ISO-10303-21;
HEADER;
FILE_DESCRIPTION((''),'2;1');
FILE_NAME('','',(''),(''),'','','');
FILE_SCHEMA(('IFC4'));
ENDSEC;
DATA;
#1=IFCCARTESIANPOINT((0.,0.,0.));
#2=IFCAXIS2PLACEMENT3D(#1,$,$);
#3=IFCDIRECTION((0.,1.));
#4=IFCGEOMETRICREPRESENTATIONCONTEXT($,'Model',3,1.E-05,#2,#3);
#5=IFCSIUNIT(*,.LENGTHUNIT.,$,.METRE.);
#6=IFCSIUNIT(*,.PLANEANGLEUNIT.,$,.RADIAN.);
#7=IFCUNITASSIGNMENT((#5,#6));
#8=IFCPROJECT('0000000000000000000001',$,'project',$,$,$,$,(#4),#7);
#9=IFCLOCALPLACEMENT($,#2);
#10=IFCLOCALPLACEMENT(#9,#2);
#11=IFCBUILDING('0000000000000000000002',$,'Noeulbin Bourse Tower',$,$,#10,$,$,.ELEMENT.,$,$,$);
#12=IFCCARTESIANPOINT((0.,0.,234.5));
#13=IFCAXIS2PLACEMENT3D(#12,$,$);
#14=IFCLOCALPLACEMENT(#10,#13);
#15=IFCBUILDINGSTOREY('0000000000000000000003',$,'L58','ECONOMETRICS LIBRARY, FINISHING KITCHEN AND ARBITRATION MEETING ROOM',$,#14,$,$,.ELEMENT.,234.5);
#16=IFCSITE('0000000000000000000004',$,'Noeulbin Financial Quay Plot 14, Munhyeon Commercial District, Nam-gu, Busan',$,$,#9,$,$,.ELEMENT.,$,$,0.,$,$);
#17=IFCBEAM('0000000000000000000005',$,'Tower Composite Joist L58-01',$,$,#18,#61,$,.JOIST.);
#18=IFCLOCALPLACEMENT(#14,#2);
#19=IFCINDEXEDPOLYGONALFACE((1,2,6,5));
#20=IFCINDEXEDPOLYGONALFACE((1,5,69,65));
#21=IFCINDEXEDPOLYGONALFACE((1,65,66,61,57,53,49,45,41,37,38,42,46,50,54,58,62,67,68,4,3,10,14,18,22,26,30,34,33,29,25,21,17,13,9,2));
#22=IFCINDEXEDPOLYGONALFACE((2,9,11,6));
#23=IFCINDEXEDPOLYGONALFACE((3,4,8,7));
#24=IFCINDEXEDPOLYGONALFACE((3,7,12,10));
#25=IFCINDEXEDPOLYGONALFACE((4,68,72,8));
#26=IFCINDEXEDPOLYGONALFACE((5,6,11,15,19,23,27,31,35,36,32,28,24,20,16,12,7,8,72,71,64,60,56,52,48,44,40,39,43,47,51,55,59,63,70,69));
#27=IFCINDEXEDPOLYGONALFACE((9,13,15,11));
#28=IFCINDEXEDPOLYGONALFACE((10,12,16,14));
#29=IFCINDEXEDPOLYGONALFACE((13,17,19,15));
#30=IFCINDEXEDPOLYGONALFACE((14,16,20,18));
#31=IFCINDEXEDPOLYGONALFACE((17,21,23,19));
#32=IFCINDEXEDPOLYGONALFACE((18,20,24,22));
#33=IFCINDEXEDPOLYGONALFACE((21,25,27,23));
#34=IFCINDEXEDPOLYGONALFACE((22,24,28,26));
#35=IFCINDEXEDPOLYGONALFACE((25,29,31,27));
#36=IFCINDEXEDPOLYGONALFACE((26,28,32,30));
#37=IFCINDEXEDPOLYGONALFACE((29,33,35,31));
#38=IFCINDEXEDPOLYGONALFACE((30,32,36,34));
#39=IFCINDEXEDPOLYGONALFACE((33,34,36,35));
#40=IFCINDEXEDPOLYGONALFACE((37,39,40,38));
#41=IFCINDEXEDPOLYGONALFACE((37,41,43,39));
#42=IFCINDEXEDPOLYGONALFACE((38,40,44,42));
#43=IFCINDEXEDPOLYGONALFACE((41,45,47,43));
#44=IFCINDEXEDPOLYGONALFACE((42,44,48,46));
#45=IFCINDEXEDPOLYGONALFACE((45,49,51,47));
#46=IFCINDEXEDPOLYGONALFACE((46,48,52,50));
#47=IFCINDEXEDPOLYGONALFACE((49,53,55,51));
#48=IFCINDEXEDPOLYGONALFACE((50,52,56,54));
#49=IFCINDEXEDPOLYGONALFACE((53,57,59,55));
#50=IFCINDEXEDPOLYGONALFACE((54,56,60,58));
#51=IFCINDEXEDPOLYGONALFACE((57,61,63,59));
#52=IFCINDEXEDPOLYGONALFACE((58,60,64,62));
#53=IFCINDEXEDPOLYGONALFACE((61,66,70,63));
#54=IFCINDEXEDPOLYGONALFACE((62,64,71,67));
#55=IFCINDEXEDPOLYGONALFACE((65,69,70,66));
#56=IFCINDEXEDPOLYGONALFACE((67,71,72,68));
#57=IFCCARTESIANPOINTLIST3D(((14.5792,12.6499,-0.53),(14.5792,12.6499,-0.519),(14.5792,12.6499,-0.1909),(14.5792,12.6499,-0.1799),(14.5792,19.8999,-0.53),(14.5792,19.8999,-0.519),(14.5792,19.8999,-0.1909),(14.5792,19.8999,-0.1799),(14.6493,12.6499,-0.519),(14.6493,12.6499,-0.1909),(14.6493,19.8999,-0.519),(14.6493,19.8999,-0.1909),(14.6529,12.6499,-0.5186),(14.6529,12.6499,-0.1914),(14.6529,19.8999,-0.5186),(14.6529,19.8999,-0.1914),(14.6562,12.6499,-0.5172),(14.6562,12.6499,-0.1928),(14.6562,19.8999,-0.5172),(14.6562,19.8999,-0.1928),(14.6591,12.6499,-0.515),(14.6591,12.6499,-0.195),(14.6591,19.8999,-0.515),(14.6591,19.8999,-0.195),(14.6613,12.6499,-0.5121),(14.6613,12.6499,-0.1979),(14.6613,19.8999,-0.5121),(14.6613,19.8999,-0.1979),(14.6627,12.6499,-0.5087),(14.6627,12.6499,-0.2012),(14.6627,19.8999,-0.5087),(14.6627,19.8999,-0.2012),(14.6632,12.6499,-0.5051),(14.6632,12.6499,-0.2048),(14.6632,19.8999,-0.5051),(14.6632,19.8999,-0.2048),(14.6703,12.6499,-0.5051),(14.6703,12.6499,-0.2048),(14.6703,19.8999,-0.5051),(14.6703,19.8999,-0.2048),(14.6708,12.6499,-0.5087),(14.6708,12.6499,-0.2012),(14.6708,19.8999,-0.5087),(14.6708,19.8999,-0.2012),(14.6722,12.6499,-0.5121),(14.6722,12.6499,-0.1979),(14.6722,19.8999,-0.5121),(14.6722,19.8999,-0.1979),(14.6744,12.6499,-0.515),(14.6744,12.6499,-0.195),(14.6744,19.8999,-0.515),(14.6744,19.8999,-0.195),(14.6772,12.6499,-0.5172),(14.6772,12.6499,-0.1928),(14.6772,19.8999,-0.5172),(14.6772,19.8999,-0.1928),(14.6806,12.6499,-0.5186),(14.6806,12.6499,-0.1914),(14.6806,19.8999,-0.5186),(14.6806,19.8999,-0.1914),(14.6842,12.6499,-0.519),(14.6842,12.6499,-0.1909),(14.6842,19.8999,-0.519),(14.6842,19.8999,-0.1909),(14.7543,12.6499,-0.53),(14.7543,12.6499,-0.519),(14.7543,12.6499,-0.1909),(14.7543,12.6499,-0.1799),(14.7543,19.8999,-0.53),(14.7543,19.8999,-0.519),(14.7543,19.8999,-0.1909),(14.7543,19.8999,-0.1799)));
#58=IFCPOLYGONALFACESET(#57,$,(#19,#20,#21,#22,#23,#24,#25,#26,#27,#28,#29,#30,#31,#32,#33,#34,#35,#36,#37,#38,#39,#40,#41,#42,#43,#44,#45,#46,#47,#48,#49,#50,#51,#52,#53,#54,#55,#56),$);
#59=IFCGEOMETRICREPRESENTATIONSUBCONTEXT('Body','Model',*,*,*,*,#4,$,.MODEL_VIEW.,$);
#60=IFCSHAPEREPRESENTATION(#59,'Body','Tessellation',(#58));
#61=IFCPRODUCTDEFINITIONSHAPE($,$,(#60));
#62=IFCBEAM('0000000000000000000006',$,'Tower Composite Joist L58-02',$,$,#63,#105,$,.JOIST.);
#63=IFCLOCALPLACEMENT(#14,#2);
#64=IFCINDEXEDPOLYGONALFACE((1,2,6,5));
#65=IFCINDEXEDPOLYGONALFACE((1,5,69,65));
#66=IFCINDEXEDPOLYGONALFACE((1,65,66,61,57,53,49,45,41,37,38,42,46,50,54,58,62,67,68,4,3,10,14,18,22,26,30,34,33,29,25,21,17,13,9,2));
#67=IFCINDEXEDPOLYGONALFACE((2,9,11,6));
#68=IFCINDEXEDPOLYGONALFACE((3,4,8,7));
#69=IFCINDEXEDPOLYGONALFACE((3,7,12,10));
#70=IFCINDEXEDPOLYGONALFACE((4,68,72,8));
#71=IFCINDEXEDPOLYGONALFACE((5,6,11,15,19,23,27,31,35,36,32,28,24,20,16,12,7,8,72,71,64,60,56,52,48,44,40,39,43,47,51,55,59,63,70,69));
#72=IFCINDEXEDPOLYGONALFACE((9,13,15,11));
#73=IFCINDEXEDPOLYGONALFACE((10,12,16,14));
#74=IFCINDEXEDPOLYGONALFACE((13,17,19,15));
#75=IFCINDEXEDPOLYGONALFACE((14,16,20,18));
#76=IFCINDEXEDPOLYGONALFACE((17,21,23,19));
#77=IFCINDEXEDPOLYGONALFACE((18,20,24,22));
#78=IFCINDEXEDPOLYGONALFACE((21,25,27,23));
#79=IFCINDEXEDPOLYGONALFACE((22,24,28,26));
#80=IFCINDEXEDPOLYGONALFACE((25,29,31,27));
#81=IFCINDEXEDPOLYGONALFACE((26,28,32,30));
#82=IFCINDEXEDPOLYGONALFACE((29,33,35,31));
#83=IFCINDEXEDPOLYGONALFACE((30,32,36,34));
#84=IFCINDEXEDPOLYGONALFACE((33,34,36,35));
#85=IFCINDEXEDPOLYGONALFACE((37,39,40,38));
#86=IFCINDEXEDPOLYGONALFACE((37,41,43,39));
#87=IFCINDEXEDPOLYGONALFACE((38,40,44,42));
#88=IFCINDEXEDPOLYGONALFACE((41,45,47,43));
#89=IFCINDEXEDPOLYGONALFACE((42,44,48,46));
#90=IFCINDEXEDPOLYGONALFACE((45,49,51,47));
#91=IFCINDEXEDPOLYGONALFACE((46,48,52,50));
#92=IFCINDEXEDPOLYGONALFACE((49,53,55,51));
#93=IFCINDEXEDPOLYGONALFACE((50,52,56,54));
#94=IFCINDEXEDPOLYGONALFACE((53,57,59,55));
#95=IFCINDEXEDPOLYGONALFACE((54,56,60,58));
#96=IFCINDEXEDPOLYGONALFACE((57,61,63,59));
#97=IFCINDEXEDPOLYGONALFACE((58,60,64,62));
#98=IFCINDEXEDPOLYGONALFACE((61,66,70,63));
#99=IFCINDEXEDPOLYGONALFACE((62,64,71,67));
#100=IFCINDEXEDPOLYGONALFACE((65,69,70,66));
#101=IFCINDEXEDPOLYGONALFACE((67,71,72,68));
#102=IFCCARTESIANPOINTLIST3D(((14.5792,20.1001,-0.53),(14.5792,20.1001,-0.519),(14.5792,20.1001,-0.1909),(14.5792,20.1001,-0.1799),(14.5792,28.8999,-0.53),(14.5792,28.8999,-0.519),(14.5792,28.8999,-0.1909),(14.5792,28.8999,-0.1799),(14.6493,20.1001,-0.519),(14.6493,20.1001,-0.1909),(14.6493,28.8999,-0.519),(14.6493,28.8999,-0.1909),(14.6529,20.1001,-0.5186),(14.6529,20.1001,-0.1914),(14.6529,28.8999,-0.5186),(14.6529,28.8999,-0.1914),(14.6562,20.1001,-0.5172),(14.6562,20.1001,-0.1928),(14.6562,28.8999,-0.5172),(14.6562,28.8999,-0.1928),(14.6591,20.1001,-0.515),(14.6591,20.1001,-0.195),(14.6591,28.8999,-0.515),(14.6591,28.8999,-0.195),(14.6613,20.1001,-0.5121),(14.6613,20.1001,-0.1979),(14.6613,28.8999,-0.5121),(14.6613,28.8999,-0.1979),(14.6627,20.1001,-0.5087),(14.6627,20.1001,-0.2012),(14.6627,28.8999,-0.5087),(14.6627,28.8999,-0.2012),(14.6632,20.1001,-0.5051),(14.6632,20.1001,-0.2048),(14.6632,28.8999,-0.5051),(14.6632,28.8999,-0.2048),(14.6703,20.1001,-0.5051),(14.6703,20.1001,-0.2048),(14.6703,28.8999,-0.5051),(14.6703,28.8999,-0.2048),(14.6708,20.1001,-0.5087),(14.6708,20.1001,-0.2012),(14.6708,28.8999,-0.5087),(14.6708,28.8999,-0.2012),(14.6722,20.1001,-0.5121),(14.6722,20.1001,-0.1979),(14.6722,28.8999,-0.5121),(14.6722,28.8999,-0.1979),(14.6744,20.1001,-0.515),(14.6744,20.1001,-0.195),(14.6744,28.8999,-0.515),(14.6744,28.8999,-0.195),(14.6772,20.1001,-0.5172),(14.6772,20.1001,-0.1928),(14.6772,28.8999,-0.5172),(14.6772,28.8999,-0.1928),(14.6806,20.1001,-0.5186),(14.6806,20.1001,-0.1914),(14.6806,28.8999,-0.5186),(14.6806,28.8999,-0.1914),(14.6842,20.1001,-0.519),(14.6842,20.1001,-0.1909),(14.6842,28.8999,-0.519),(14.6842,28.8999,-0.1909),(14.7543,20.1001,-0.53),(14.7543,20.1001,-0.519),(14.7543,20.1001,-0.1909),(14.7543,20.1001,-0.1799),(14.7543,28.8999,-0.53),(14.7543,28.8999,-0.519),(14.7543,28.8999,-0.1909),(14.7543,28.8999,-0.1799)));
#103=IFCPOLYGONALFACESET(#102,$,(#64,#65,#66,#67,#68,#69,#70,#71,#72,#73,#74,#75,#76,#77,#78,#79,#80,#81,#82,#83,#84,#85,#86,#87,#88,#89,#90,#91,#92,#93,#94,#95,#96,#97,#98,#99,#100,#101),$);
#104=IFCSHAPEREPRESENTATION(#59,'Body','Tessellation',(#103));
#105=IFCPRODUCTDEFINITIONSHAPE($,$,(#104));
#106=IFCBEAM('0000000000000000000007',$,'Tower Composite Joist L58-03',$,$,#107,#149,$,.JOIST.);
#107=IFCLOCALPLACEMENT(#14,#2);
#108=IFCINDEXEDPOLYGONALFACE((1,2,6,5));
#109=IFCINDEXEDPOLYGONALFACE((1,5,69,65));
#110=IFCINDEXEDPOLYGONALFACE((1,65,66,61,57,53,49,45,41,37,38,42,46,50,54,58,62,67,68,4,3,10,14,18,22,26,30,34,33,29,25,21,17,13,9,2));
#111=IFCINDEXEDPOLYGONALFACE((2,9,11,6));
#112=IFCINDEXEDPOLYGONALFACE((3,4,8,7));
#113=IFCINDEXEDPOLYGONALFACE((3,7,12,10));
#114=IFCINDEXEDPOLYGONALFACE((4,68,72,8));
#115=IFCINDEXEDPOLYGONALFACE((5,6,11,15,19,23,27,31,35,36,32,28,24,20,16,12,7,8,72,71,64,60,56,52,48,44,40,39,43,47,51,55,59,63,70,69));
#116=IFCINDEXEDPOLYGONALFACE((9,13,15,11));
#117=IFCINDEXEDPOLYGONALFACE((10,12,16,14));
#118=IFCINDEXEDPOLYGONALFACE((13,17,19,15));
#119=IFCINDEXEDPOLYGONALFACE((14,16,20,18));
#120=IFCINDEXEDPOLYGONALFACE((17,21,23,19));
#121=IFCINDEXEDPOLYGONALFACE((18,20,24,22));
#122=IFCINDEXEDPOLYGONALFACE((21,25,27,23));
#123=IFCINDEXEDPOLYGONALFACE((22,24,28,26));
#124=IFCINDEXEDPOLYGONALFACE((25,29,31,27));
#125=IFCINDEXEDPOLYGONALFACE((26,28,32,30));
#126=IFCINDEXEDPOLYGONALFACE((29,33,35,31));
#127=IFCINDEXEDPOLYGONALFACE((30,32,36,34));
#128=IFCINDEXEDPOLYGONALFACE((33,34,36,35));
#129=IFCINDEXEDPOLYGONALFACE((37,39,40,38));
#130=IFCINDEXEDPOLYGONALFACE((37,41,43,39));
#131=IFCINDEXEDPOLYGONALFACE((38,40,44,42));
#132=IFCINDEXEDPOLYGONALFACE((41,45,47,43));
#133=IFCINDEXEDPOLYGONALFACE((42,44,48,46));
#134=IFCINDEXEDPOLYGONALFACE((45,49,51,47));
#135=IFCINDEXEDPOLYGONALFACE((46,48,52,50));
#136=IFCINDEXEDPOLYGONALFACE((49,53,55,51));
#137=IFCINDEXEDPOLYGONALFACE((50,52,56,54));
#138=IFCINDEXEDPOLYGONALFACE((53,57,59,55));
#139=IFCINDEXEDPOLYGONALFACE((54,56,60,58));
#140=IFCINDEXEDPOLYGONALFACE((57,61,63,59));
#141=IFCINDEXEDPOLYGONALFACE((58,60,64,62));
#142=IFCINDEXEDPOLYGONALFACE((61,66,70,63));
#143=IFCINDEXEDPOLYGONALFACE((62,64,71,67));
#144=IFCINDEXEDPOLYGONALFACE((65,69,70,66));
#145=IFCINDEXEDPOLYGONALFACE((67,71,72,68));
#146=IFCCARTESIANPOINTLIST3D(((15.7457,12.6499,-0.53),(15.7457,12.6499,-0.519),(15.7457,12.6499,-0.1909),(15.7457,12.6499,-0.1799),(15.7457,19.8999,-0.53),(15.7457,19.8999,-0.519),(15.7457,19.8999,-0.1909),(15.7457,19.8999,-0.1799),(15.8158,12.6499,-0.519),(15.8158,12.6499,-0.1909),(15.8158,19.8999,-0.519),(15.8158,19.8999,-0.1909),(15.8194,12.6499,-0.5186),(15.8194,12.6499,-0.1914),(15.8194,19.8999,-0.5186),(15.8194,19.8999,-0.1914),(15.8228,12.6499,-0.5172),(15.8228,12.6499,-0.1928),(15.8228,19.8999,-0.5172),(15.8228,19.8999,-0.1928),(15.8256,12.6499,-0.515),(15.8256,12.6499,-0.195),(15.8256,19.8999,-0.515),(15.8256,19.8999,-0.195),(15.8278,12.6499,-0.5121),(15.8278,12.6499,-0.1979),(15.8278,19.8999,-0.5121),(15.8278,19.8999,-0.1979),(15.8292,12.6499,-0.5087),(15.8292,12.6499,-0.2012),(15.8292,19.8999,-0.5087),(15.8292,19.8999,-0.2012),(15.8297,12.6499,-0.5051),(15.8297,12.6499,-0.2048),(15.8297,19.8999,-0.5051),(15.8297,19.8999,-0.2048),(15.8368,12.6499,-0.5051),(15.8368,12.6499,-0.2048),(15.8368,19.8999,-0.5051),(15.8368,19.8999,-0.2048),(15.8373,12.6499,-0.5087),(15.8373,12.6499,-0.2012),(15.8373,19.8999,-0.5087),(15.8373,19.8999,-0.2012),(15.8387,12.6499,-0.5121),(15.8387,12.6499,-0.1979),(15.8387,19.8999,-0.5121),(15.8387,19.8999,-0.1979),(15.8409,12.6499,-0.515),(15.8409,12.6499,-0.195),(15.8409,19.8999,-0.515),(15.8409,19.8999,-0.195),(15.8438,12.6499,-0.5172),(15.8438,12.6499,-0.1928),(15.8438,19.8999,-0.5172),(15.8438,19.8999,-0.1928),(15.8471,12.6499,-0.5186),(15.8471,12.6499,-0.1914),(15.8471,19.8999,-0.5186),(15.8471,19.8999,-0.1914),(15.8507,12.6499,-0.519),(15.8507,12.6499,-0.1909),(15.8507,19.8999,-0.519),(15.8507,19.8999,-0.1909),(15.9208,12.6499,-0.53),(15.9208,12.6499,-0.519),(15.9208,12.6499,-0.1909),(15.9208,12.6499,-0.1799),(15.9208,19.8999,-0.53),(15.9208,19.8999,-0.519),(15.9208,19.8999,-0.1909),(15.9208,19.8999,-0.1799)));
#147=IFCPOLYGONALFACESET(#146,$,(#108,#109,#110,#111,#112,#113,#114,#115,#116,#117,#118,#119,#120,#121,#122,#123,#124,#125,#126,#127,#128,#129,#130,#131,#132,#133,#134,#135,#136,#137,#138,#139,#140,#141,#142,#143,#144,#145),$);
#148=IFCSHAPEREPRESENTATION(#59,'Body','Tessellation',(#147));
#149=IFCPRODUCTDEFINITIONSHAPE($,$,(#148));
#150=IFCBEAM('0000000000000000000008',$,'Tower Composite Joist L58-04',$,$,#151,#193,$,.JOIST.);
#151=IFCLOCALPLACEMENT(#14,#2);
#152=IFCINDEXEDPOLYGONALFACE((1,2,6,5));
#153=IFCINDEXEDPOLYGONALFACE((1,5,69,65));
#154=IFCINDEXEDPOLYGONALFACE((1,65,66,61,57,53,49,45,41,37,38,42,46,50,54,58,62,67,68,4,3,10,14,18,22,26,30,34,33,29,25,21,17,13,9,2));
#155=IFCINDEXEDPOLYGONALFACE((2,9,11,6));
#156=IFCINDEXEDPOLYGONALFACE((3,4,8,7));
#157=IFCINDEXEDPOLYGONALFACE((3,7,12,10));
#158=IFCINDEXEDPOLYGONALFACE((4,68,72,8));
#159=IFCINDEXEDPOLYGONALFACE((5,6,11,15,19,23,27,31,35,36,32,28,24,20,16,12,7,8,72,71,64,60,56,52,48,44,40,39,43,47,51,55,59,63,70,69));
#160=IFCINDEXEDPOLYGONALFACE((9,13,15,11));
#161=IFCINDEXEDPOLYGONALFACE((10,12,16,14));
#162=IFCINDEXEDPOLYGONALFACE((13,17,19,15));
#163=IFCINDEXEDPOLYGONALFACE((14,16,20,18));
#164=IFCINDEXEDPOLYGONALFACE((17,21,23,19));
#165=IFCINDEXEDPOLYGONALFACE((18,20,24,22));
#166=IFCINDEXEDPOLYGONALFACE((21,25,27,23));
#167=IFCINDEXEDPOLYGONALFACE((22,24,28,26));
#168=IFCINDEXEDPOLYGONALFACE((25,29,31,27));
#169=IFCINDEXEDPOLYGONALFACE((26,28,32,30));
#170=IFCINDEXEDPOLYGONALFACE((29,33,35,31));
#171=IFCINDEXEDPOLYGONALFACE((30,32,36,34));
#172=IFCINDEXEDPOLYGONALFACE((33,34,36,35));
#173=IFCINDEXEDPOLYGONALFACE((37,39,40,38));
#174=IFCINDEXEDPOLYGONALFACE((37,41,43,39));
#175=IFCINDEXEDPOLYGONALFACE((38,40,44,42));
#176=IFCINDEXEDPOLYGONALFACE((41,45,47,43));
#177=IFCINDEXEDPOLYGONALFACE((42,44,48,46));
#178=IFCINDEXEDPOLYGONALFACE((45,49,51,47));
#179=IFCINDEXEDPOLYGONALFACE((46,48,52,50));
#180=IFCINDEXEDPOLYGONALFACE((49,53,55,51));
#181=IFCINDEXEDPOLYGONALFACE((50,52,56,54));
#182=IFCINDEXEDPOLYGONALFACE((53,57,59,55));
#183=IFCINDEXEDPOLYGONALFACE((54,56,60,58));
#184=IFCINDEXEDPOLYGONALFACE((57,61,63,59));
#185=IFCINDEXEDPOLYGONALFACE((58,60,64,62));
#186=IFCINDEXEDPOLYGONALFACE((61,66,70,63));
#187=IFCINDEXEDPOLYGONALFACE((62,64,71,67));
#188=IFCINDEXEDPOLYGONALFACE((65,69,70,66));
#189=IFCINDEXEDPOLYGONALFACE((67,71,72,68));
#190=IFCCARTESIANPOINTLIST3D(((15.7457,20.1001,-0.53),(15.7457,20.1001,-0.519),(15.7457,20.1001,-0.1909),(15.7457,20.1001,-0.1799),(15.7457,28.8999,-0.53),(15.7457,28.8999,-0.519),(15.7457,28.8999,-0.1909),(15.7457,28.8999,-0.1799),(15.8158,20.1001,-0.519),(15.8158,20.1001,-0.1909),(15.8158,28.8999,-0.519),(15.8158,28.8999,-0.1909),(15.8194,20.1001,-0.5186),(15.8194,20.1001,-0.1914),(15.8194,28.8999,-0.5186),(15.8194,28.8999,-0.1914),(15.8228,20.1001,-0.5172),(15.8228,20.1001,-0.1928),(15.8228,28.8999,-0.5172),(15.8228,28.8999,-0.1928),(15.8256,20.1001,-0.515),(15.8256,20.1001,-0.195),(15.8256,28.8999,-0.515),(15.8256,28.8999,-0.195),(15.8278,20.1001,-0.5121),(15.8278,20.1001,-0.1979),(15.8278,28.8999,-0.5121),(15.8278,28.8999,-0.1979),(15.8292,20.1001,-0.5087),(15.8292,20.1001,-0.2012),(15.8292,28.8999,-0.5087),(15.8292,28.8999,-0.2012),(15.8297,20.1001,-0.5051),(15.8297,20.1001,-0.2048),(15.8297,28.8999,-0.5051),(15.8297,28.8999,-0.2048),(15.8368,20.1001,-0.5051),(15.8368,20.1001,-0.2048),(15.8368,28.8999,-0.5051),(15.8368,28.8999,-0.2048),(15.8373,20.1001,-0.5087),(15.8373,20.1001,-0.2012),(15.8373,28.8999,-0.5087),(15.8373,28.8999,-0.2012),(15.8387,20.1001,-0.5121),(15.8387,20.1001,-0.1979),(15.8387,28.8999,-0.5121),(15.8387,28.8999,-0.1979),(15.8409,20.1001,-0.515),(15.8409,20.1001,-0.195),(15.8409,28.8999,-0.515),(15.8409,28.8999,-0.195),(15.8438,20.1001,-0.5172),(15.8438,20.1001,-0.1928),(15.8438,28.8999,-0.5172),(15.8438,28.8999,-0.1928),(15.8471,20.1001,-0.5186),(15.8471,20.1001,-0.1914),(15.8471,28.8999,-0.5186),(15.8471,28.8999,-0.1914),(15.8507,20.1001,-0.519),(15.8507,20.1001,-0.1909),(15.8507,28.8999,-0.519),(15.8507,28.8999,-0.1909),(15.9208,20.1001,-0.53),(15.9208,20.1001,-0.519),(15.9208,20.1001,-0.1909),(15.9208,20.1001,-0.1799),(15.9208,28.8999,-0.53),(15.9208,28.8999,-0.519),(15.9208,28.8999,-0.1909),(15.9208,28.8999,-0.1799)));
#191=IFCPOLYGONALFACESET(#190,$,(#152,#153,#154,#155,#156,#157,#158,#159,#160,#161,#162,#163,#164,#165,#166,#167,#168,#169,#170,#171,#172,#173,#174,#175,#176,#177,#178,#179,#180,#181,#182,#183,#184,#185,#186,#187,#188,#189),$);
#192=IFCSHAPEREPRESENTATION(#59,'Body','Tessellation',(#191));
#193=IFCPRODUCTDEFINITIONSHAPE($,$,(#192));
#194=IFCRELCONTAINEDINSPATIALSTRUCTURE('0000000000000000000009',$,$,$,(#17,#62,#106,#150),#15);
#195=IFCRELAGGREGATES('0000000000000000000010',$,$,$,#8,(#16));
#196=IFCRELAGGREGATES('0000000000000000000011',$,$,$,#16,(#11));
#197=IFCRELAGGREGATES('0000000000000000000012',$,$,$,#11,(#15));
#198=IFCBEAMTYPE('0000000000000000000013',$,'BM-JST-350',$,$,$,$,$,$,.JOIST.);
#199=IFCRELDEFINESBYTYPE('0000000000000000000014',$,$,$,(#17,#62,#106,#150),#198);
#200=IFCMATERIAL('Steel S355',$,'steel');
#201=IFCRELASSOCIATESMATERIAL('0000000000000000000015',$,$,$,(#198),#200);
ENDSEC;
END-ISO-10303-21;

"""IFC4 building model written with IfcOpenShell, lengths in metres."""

from ifc_helpers import new_model, si_unit, direction, frame, origin, origin_2d, place, context, subcontext, project, spatial, i_section, extrude, material, material_profile, profile_set, type_object, element, save


model = new_model("IFC4")

# Units and contexts
model_context = context("Model", 3, precision=1e-05, world=origin(), true_north=direction((0.0, 1.0)))
body_context = subcontext(model_context, "Body", "Model", "MODEL_VIEW")
ifc_project = project(units=[si_unit("LENGTHUNIT", "METRE"), si_unit("PLANEANGLEUNIT", "RADIAN")], contexts=[model_context])

# Site, building, storey
site_placement = place(None, origin())
site = spatial("IfcSite", under=ifc_project, at=site_placement, Name="Noeulbin Financial Quay Plot 14, Munhyeon Commercial District, Nam-gu, Busan", CompositionType="ELEMENT", RefElevation=0.0)
building_placement = place(site_placement, origin())
building = spatial("IfcBuilding", under=site, at=building_placement, Name="Noeulbin Bourse Tower", CompositionType="ELEMENT")
storey_placement = place(building_placement, frame((0.0, 0.0, 234.5)))
storey = spatial("IfcBuildingStorey", under=building, at=storey_placement, Name="L58", Description="ECONOMETRICS LIBRARY, FINISHING KITCHEN AND ARBITRATION MEETING ROOM", CompositionType="ELEMENT", Elevation=234.5)

# Shared definitions
ifc_material_1 = material(Name="Steel S355", Category="steel")

# Beams
ifc_material_profile_1 = material_profile(ifc_material_1, i_section(OverallWidth=0.175, OverallDepth=0.3501, WebThickness=0.0071, FlangeThickness=0.011, FilletRadius=0.0139, at=origin_2d()), Name="H-350x175x7x11", Category="LoadBearing")
ifc_profile_set_1 = profile_set([ifc_material_profile_1], Name="Steel S355")
beam_type_1 = type_object("IfcBeamType", Name="BM-JST-350", PredefinedType="JOIST", material=ifc_profile_set_1)
beam_1_placement = place(storey_placement, frame((14.6667, 12.6499, -0.355), z_axis=(0.0, 1.0, 0.0), x_axis=(-1.0, 0.0, 0.0)))
element("IfcBeam", 1, at=beam_1_placement, inside=storey, type_object=beam_type_1, Name="Tower Composite Joist L58-01", PredefinedType="JOIST", context=body_context, shape_type="SweptSolid", body=[
    extrude(i_section(OverallWidth=0.175, OverallDepth=0.3501, WebThickness=0.0071, FlangeThickness=0.011, FilletRadius=0.0139, at=origin_2d()), origin(), (0.0, 0.0, 1.0), 7.25),
])
beam_2_placement = place(storey_placement, frame((14.6667, 20.1001, -0.355), z_axis=(0.0, 1.0, 0.0), x_axis=(-1.0, 0.0, 0.0)))
element("IfcBeam", 2, at=beam_2_placement, inside=storey, type_object=beam_type_1, Name="Tower Composite Joist L58-02", PredefinedType="JOIST", context=body_context, shape_type="SweptSolid", body=[
    extrude(i_section(OverallWidth=0.175, OverallDepth=0.3501, WebThickness=0.0071, FlangeThickness=0.011, FilletRadius=0.0139, at=origin_2d()), origin(), (0.0, 0.0, 1.0), 8.7998),
])
beam_3_placement = place(storey_placement, frame((15.8333, 12.6499, -0.355), z_axis=(0.0, 1.0, 0.0), x_axis=(-1.0, 0.0, 0.0)))
element("IfcBeam", 3, at=beam_3_placement, inside=storey, type_object=beam_type_1, Name="Tower Composite Joist L58-03", PredefinedType="JOIST", context=body_context, shape_type="SweptSolid", body=[
    extrude(i_section(OverallWidth=0.175, OverallDepth=0.3501, WebThickness=0.0071, FlangeThickness=0.011, FilletRadius=0.0139, at=origin_2d()), origin(), (0.0, 0.0, 1.0), 7.25),
])
beam_4_placement = place(storey_placement, frame((15.8333, 20.1001, -0.355), z_axis=(0.0, 1.0, 0.0), x_axis=(-1.0, 0.0, 0.0)))
element("IfcBeam", 4, at=beam_4_placement, inside=storey, type_object=beam_type_1, Name="Tower Composite Joist L58-04", PredefinedType="JOIST", context=body_context, shape_type="SweptSolid", body=[
    extrude(i_section(OverallWidth=0.175, OverallDepth=0.3501, WebThickness=0.0071, FlangeThickness=0.011, FilletRadius=0.0139, at=origin_2d()), origin(), (0.0, 0.0, 1.0), 8.7998),
])

save(model, "model.ifc")
